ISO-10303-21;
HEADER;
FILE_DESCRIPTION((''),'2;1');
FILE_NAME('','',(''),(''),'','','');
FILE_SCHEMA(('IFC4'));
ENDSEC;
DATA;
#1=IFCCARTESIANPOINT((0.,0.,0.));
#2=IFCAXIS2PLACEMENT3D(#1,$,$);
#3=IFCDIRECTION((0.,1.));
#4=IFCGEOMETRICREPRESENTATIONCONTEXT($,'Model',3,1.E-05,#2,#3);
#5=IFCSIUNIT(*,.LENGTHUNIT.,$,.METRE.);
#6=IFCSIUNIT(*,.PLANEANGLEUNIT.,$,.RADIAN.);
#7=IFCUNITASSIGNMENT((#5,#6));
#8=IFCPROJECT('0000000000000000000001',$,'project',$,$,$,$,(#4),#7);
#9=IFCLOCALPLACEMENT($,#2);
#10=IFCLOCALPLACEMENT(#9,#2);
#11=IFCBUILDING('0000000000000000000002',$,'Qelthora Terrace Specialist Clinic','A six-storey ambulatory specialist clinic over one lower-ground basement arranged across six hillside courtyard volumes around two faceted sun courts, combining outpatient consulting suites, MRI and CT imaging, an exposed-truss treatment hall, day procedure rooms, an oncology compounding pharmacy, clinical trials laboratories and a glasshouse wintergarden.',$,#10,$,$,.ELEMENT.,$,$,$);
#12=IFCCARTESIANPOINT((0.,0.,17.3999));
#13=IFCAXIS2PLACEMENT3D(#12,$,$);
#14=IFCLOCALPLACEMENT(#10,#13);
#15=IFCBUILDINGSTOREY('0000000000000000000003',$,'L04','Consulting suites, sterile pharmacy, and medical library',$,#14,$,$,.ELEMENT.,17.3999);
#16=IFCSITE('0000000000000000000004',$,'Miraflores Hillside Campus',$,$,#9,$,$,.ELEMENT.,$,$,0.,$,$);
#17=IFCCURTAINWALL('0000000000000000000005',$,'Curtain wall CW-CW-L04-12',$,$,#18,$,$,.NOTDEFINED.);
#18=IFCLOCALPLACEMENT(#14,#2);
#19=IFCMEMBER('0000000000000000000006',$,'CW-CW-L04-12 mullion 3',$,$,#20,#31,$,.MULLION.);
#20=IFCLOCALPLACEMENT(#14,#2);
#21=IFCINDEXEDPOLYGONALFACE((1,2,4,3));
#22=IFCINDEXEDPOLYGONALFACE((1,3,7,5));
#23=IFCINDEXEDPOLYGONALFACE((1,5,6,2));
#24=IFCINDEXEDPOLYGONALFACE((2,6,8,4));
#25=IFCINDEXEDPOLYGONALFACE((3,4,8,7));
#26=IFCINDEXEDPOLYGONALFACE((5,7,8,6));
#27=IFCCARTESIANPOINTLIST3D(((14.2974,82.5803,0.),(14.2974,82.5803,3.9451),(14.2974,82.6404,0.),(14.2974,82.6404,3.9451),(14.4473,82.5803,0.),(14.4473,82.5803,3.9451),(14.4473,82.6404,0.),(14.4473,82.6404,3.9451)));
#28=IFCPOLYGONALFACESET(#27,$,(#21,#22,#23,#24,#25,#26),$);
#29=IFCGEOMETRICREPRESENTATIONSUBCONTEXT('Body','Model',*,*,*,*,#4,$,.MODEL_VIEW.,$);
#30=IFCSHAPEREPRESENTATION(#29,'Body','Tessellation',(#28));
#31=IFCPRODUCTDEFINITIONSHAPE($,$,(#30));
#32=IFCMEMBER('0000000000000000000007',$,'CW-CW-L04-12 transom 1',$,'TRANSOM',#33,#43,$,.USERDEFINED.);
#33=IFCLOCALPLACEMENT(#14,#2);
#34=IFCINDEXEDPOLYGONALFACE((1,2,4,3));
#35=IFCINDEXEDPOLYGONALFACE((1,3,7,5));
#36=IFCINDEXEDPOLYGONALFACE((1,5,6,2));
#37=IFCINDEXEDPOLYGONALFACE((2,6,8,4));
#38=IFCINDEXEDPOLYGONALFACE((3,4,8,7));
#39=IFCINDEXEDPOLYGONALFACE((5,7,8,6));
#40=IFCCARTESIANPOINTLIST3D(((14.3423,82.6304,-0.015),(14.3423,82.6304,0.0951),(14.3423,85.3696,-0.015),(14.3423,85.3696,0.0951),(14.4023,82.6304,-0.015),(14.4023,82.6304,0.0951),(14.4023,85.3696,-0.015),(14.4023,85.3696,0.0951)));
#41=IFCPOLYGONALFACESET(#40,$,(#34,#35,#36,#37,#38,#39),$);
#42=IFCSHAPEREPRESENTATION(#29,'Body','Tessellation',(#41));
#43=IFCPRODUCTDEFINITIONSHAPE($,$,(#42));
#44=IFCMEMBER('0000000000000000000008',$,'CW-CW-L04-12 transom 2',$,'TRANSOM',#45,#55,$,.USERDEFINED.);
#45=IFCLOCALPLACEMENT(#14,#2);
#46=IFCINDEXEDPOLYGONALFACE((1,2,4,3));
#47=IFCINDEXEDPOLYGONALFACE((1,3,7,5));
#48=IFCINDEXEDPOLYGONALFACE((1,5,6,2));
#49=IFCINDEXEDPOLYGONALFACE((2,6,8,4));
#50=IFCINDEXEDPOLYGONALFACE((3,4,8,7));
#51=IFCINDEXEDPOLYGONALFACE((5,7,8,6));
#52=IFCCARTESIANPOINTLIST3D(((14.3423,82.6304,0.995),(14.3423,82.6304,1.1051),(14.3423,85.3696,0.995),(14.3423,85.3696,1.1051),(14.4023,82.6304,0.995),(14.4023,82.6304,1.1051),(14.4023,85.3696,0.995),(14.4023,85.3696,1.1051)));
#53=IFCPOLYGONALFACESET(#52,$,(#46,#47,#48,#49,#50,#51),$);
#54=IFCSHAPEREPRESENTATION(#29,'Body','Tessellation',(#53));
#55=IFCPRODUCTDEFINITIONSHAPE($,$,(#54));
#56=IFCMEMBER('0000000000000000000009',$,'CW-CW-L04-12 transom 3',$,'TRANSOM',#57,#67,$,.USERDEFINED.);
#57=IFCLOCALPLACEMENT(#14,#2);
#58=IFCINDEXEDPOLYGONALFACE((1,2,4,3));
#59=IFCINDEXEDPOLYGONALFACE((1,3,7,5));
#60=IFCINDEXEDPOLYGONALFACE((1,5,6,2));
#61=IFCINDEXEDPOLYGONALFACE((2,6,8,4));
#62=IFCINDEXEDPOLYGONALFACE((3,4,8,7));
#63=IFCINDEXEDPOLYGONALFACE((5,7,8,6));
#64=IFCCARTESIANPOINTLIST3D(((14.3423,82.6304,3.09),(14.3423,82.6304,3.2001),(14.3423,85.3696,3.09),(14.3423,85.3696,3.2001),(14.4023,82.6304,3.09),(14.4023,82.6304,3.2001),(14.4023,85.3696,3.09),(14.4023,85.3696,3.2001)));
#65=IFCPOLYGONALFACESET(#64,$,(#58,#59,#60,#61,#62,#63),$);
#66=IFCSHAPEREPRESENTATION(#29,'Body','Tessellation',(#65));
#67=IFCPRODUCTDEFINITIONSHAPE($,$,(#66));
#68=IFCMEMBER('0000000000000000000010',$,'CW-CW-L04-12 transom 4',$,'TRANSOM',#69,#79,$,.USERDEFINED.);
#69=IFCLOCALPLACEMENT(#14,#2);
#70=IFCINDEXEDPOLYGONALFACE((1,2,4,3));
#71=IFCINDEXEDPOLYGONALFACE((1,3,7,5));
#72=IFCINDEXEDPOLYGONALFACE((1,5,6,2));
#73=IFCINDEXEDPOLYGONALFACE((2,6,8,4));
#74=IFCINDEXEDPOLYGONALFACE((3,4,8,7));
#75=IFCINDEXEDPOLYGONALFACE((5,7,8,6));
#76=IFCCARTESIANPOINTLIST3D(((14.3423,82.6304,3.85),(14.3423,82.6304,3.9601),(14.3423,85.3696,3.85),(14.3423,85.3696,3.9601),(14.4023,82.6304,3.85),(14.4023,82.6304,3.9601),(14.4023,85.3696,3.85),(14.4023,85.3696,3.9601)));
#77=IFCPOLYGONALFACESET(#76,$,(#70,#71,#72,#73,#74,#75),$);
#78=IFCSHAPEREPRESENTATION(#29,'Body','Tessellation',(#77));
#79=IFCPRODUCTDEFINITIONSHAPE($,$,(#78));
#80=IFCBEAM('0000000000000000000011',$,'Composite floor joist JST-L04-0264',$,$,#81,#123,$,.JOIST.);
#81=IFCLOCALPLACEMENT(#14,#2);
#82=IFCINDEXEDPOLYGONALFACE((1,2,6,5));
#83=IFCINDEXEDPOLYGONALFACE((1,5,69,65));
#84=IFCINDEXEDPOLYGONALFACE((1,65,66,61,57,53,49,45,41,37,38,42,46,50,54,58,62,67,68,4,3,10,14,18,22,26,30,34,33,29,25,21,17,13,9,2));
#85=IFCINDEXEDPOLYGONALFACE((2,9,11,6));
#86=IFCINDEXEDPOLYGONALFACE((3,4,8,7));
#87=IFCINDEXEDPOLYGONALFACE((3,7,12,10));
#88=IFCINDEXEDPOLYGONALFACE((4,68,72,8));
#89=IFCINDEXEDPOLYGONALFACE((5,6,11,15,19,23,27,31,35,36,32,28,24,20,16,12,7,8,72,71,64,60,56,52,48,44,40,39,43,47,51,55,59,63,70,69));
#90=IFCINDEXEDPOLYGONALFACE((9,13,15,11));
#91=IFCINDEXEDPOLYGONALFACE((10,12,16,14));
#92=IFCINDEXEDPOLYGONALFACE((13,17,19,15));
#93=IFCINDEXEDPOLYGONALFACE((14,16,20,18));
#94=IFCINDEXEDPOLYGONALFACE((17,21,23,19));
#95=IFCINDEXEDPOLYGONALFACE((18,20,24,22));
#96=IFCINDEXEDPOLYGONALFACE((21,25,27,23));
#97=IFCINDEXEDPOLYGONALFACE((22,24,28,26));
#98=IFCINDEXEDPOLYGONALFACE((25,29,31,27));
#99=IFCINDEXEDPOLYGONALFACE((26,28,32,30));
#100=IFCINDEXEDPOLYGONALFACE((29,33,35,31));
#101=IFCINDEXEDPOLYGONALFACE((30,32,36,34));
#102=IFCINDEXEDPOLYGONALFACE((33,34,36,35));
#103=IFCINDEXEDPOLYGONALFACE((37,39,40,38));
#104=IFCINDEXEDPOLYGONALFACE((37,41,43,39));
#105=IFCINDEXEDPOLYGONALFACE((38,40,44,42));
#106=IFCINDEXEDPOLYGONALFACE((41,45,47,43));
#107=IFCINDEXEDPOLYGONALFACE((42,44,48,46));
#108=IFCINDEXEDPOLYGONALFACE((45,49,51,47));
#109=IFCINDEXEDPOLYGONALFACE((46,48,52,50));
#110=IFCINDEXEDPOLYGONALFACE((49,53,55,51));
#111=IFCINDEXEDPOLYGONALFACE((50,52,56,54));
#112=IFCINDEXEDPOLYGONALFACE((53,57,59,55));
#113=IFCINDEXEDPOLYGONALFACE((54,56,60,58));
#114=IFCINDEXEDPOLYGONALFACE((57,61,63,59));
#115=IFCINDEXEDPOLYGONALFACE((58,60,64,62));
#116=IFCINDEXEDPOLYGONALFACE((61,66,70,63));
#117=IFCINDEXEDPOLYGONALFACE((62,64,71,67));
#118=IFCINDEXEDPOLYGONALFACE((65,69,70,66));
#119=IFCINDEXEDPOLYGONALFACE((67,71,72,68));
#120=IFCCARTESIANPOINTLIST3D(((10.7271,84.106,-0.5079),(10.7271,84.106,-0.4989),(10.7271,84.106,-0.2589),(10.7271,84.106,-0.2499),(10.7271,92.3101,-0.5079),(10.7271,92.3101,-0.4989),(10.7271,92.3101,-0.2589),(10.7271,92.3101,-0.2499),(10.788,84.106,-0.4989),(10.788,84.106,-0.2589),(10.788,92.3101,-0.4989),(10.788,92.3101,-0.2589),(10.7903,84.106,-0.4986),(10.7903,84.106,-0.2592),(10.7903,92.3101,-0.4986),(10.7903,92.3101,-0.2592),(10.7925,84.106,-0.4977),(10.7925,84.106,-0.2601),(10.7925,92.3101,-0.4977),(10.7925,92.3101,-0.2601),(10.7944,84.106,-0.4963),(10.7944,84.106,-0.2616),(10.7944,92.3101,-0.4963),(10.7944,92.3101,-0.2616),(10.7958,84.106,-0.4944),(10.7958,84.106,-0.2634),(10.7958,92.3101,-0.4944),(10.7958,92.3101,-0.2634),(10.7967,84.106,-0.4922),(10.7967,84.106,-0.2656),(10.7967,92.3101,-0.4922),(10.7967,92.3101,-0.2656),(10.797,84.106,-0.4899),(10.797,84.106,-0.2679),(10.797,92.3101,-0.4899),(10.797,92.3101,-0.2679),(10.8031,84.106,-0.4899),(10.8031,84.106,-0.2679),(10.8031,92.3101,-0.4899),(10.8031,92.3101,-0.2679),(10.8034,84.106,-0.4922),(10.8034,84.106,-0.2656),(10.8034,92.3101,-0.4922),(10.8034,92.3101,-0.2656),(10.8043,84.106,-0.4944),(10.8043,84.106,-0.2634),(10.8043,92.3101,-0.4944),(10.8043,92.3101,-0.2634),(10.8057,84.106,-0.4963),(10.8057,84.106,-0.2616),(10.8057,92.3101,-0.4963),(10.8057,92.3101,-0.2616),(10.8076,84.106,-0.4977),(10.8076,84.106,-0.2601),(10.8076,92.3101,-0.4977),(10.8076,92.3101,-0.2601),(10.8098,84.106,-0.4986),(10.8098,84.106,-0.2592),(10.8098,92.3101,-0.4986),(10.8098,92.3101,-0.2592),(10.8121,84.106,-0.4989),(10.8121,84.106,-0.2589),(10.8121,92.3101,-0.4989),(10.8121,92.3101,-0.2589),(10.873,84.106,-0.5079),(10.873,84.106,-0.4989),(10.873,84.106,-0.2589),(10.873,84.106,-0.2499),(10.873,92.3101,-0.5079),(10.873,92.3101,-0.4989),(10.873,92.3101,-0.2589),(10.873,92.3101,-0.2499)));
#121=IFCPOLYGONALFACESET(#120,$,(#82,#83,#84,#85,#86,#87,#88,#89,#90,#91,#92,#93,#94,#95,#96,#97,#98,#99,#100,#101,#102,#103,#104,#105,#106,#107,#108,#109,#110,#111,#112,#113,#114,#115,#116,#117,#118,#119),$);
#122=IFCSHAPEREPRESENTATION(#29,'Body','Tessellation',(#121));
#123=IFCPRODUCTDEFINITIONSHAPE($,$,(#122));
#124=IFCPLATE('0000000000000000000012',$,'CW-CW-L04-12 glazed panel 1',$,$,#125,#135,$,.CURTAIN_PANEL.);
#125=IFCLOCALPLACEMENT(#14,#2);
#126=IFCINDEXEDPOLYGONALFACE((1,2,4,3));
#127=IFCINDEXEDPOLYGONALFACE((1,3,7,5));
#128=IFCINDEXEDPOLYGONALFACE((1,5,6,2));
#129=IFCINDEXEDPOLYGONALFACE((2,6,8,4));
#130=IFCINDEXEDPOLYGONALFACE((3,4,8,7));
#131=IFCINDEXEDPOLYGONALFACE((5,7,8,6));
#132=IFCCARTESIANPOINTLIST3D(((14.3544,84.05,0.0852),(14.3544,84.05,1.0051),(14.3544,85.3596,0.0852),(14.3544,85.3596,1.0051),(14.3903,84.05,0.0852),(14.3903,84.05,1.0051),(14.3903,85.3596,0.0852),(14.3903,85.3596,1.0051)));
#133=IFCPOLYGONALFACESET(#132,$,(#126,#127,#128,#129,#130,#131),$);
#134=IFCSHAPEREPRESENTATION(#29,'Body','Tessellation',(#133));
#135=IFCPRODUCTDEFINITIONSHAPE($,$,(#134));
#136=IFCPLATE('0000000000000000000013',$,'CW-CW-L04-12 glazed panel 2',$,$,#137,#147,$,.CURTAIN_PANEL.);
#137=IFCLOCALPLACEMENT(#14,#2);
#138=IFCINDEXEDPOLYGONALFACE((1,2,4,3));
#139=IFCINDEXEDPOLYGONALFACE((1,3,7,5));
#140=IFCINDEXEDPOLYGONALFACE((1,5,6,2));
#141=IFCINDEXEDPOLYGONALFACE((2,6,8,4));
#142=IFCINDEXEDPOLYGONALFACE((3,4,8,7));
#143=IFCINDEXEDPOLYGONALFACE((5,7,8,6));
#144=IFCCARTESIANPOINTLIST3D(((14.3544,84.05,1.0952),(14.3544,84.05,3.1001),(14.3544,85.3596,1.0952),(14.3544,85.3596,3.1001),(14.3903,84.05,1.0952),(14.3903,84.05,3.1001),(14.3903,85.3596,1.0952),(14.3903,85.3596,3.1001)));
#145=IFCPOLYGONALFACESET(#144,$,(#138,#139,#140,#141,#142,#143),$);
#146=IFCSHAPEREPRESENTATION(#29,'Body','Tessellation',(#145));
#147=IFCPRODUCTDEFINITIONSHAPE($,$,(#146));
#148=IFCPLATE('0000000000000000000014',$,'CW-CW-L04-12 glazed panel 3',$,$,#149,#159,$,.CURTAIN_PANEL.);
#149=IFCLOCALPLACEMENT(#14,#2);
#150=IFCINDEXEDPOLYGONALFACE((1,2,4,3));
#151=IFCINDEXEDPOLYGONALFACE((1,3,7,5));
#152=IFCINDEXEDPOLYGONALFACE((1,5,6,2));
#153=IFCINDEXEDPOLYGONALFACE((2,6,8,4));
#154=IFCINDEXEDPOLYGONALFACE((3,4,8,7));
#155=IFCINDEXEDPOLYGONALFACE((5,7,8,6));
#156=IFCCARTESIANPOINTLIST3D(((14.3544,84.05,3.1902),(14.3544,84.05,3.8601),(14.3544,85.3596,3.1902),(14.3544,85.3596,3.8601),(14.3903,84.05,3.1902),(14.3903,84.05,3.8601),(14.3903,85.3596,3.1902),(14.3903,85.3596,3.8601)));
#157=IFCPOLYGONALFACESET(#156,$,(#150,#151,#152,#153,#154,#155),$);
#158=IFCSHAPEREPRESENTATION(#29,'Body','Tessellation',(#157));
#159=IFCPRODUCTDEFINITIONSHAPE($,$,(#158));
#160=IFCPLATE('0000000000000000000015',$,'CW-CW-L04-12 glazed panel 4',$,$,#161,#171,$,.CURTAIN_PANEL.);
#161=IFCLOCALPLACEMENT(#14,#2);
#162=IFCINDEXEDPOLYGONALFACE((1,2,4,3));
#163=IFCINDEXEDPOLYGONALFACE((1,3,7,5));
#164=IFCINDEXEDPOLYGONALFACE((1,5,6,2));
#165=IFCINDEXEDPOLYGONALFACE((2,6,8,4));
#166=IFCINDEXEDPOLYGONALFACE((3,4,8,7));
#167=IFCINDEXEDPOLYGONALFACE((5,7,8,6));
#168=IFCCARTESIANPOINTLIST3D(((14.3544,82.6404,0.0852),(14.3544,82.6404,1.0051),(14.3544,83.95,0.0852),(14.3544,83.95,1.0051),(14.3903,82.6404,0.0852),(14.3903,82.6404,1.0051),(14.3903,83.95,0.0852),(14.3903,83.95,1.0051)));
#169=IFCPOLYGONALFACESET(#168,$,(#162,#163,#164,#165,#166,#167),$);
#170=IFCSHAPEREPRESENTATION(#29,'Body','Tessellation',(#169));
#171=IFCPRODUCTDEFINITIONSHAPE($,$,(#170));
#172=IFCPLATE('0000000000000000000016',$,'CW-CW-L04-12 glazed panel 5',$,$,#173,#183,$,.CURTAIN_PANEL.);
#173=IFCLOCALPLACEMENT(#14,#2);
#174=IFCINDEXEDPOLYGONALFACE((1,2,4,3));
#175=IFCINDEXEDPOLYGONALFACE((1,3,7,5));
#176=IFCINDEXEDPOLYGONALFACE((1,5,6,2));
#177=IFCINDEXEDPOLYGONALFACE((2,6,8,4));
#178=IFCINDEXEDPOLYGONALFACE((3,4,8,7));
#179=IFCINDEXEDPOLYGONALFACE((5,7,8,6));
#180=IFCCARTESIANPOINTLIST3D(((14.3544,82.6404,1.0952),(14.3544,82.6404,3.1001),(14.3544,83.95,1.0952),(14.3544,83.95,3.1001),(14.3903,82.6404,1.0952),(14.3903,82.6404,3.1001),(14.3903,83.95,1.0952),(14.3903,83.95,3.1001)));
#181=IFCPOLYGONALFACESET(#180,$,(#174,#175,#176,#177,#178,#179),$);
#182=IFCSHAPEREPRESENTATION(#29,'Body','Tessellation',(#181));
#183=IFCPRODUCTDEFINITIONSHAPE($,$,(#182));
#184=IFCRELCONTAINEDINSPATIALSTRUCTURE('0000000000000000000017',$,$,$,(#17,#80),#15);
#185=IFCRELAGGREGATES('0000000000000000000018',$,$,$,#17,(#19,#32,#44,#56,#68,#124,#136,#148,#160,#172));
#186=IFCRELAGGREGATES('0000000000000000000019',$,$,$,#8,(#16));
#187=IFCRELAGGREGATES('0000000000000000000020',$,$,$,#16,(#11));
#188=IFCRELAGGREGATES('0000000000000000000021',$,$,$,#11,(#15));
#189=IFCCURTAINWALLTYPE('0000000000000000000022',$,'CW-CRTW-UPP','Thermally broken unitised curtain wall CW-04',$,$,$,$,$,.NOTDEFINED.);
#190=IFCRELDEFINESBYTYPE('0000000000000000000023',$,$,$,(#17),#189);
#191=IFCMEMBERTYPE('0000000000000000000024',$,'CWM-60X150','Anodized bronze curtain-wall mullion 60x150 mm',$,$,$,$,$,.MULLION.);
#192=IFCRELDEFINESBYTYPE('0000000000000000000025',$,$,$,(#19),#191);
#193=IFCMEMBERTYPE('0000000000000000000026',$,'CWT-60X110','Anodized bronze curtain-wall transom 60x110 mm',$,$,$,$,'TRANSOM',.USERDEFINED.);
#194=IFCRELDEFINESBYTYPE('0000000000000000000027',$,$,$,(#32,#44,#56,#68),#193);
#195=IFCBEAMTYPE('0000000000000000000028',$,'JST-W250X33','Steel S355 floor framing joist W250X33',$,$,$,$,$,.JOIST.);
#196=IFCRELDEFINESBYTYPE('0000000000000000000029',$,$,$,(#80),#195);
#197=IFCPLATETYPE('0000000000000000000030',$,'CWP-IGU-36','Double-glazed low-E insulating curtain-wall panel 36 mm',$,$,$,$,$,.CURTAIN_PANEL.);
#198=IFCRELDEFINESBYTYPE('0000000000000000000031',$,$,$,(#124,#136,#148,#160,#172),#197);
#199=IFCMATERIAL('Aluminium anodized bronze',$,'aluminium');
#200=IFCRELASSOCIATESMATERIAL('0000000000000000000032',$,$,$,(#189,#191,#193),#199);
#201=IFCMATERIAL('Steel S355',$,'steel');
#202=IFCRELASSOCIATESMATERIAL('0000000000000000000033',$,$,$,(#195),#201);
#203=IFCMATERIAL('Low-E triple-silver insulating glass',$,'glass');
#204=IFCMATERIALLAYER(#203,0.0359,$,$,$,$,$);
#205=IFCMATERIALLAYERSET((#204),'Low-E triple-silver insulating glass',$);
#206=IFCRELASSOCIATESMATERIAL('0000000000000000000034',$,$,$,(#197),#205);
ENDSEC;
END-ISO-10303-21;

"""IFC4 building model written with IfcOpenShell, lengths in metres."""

from ifc_helpers import new_model, si_unit, direction, frame, origin, origin_2d, place, context, subcontext, project, spatial, rectangle, i_section, extrude, material, layer, layer_set, material_profile, profile_set, type_object, element, aggregate, save


model = new_model("IFC4")

# Units and contexts
model_context = context("Model", 3, precision=1e-05, world=origin(), true_north=direction((0.0, 1.0)))
body_context = subcontext(model_context, "Body", "Model", "MODEL_VIEW")
ifc_project = project(units=[si_unit("LENGTHUNIT", "METRE"), si_unit("PLANEANGLEUNIT", "RADIAN")], contexts=[model_context])

# Site, building, storey
site_placement = place(None, origin())
site = spatial("IfcSite", under=ifc_project, at=site_placement, Name="Miraflores Hillside Campus", CompositionType="ELEMENT", RefElevation=0.0)
building_placement = place(site_placement, origin())
building = spatial("IfcBuilding", under=site, at=building_placement, Name="Qelthora Terrace Specialist Clinic", Description="A six-storey ambulatory specialist clinic over one lower-ground basement arranged across six hillside courtyard volumes around two faceted sun courts, combining outpatient consulting suites, MRI and CT imaging, an exposed-truss treatment hall, day procedure rooms, an oncology compounding pharmacy, clinical trials laboratories and a glasshouse wintergarden.", CompositionType="ELEMENT")
storey_placement = place(building_placement, frame((0.0, 0.0, 17.3999)))
storey = spatial("IfcBuildingStorey", under=building, at=storey_placement, Name="L04", Description="Consulting suites, sterile pharmacy, and medical library", CompositionType="ELEMENT", Elevation=17.3999)

# Shared definitions
ifc_material_1 = material(Name="Steel S355", Category="steel")

# Shared definitions
ifc_material_2 = material(Name="Aluminium anodized bronze", Category="aluminium")
curtain_wall_type = type_object("IfcCurtainWallType", Name="CW-CRTW-UPP", Description="Thermally broken unitised curtain wall CW-04", PredefinedType="NOTDEFINED", material=ifc_material_2)
ifc_material_profile_1 = material_profile(ifc_material_2, rectangle(XDim=0.0601, YDim=0.1499, at=origin_2d()), Name="CWM60X150")
ifc_profile_set_1 = profile_set([ifc_material_profile_1], Name="Aluminium anodized bronze")
member_type_1 = type_object("IfcMemberType", Name="CWM-60X150", Description="Anodized bronze curtain-wall mullion 60x150 mm", PredefinedType="MULLION", material=ifc_profile_set_1)

# Curtain wall, members
curtain_wall_1_placement = place(storey_placement, origin())
curtain_wall_1 = element("IfcCurtainWall", 1, at=curtain_wall_1_placement, inside=storey, type_object=curtain_wall_type, Name="Curtain wall CW-CW-L04-12", PredefinedType="NOTDEFINED")
member_1_placement = place(storey_placement, frame((14.3723, 82.6104, 0.0), z_axis=(0.0, 0.0, 1.0), x_axis=(0.0, -1.0, 0.0)))
member_1 = element("IfcMember", 2, at=member_1_placement, type_object=member_type_1, Name="CW-CW-L04-12 mullion 3", PredefinedType="MULLION", context=body_context, shape_type="SweptSolid", body=[
    extrude(rectangle(XDim=0.0601, YDim=0.1499, at=origin_2d()), origin(), (0.0, 0.0, 1.0), 3.9451),
])
ifc_material_profile_2 = material_profile(ifc_material_2, rectangle(XDim=0.0601, YDim=0.1101, at=origin_2d()), Name="CWT60X110")
ifc_profile_set_2 = profile_set([ifc_material_profile_2], Name="Aluminium anodized bronze")
member_type_2 = type_object("IfcMemberType", Name="CWT-60X110", Description="Anodized bronze curtain-wall transom 60x110 mm", ElementType="TRANSOM", PredefinedType="USERDEFINED", material=ifc_profile_set_2)
member_2_placement = place(storey_placement, frame((14.3723, 85.3696, 0.04), z_axis=(0.0, -1.0, 0.0), x_axis=(1.0, 0.0, 0.0)))
member_2 = element("IfcMember", 3, at=member_2_placement, type_object=member_type_2, Name="CW-CW-L04-12 transom 1", ObjectType="TRANSOM", PredefinedType="USERDEFINED", context=body_context, shape_type="SweptSolid", body=[
    extrude(rectangle(XDim=0.0601, YDim=0.1101, at=origin_2d()), origin(), (0.0, 0.0, 1.0), 2.7393),
])
member_3_placement = place(storey_placement, frame((14.3723, 85.3696, 1.05), z_axis=(0.0, -1.0, 0.0), x_axis=(1.0, 0.0, 0.0)))
member_3 = element("IfcMember", 4, at=member_3_placement, type_object=member_type_2, Name="CW-CW-L04-12 transom 2", ObjectType="TRANSOM", PredefinedType="USERDEFINED", context=body_context, shape_type="SweptSolid", body=[
    extrude(rectangle(XDim=0.0601, YDim=0.1101, at=origin_2d()), origin(), (0.0, 0.0, 1.0), 2.7393),
])
member_4_placement = place(storey_placement, frame((14.3723, 85.3696, 3.145), z_axis=(0.0, -1.0, 0.0), x_axis=(1.0, 0.0, 0.0)))
member_4 = element("IfcMember", 5, at=member_4_placement, type_object=member_type_2, Name="CW-CW-L04-12 transom 3", ObjectType="TRANSOM", PredefinedType="USERDEFINED", context=body_context, shape_type="SweptSolid", body=[
    extrude(rectangle(XDim=0.0601, YDim=0.1101, at=origin_2d()), origin(), (0.0, 0.0, 1.0), 2.7393),
])
member_5_placement = place(storey_placement, frame((14.3723, 85.3696, 3.905), z_axis=(0.0, -1.0, 0.0), x_axis=(1.0, 0.0, 0.0)))
member_5 = element("IfcMember", 6, at=member_5_placement, type_object=member_type_2, Name="CW-CW-L04-12 transom 4", ObjectType="TRANSOM", PredefinedType="USERDEFINED", context=body_context, shape_type="SweptSolid", body=[
    extrude(rectangle(XDim=0.0601, YDim=0.1101, at=origin_2d()), origin(), (0.0, 0.0, 1.0), 2.7393),
])

# Beam
ifc_material_profile_3 = material_profile(ifc_material_1, i_section(OverallWidth=0.146, OverallDepth=0.2581, WebThickness=0.0061, FlangeThickness=0.009, FilletRadius=0.009, at=origin_2d()), Name="W250X33")
ifc_profile_set_3 = profile_set([ifc_material_profile_3], Name="Steel S355")
beam_type_1 = type_object("IfcBeamType", Name="JST-W250X33", Description="Steel S355 floor framing joist W250X33", PredefinedType="JOIST", material=ifc_profile_set_3)
beam_1_placement = place(storey_placement, frame((10.8, 84.106, -0.3789), z_axis=(0.0, 1.0, 0.0), x_axis=(-1.0, 0.0, 0.0)))
element("IfcBeam", 7, at=beam_1_placement, inside=storey, type_object=beam_type_1, Name="Composite floor joist JST-L04-0264", PredefinedType="JOIST", context=body_context, shape_type="SweptSolid", body=[
    extrude(i_section(OverallWidth=0.146, OverallDepth=0.2581, WebThickness=0.0061, FlangeThickness=0.009, FilletRadius=0.009, at=origin_2d()), origin(), (0.0, 0.0, 1.0), 8.2041),
])

# Plates
ifc_material_3 = material(Name="Low-E triple-silver insulating glass", Category="glass")
ifc_layer_1 = layer(ifc_material_3, 0.0359)
ifc_layer_set_1 = layer_set([ifc_layer_1], Name="Low-E triple-silver insulating glass")
plate_type = type_object("IfcPlateType", Name="CWP-IGU-36", Description="Double-glazed low-E insulating curtain-wall panel 36 mm", PredefinedType="CURTAIN_PANEL", material=ifc_layer_set_1)
plate_1_placement = place(storey_placement, frame((14.3723, 84.7048, 0.0852), z_axis=(0.0, 0.0, 1.0), x_axis=(0.0, -1.0, 0.0)))
plate_1 = element("IfcPlate", 8, at=plate_1_placement, type_object=plate_type, Name="CW-CW-L04-12 glazed panel 1", PredefinedType="CURTAIN_PANEL", context=body_context, shape_type="SweptSolid", body=[
    extrude(rectangle(XDim=1.3096, YDim=0.0359, at=origin_2d()), origin(), (0.0, 0.0, 1.0), 0.9199),
])
plate_2_placement = place(storey_placement, frame((14.3723, 84.7048, 1.0952), z_axis=(0.0, 0.0, 1.0), x_axis=(0.0, -1.0, 0.0)))
plate_2 = element("IfcPlate", 9, at=plate_2_placement, type_object=plate_type, Name="CW-CW-L04-12 glazed panel 2", PredefinedType="CURTAIN_PANEL", context=body_context, shape_type="SweptSolid", body=[
    extrude(rectangle(XDim=1.3096, YDim=0.0359, at=origin_2d()), origin(), (0.0, 0.0, 1.0), 2.0049),
])
plate_3_placement = place(storey_placement, frame((14.3723, 84.7048, 3.1902), z_axis=(0.0, 0.0, 1.0), x_axis=(0.0, -1.0, 0.0)))
plate_3 = element("IfcPlate", 10, at=plate_3_placement, type_object=plate_type, Name="CW-CW-L04-12 glazed panel 3", PredefinedType="CURTAIN_PANEL", context=body_context, shape_type="SweptSolid", body=[
    extrude(rectangle(XDim=1.3096, YDim=0.0359, at=origin_2d()), origin(), (0.0, 0.0, 1.0), 0.6699),
])
plate_4_placement = place(storey_placement, frame((14.3723, 83.2952, 0.0852), z_axis=(0.0, 0.0, 1.0), x_axis=(0.0, -1.0, 0.0)))
plate_4 = element("IfcPlate", 11, at=plate_4_placement, type_object=plate_type, Name="CW-CW-L04-12 glazed panel 4", PredefinedType="CURTAIN_PANEL", context=body_context, shape_type="SweptSolid", body=[
    extrude(rectangle(XDim=1.3096, YDim=0.0359, at=origin_2d()), origin(), (0.0, 0.0, 1.0), 0.9199),
])
plate_5_placement = place(storey_placement, frame((14.3723, 83.2952, 1.0952), z_axis=(0.0, 0.0, 1.0), x_axis=(0.0, -1.0, 0.0)))
plate_5 = element("IfcPlate", 12, at=plate_5_placement, type_object=plate_type, Name="CW-CW-L04-12 glazed panel 5", PredefinedType="CURTAIN_PANEL", context=body_context, shape_type="SweptSolid", body=[
    extrude(rectangle(XDim=1.3096, YDim=0.0359, at=origin_2d()), origin(), (0.0, 0.0, 1.0), 2.0049),
])
aggregate(curtain_wall_1, [member_1, member_2, member_3, member_4, member_5, plate_1, plate_2, plate_3, plate_4, plate_5])

save(model, "model.ifc")
